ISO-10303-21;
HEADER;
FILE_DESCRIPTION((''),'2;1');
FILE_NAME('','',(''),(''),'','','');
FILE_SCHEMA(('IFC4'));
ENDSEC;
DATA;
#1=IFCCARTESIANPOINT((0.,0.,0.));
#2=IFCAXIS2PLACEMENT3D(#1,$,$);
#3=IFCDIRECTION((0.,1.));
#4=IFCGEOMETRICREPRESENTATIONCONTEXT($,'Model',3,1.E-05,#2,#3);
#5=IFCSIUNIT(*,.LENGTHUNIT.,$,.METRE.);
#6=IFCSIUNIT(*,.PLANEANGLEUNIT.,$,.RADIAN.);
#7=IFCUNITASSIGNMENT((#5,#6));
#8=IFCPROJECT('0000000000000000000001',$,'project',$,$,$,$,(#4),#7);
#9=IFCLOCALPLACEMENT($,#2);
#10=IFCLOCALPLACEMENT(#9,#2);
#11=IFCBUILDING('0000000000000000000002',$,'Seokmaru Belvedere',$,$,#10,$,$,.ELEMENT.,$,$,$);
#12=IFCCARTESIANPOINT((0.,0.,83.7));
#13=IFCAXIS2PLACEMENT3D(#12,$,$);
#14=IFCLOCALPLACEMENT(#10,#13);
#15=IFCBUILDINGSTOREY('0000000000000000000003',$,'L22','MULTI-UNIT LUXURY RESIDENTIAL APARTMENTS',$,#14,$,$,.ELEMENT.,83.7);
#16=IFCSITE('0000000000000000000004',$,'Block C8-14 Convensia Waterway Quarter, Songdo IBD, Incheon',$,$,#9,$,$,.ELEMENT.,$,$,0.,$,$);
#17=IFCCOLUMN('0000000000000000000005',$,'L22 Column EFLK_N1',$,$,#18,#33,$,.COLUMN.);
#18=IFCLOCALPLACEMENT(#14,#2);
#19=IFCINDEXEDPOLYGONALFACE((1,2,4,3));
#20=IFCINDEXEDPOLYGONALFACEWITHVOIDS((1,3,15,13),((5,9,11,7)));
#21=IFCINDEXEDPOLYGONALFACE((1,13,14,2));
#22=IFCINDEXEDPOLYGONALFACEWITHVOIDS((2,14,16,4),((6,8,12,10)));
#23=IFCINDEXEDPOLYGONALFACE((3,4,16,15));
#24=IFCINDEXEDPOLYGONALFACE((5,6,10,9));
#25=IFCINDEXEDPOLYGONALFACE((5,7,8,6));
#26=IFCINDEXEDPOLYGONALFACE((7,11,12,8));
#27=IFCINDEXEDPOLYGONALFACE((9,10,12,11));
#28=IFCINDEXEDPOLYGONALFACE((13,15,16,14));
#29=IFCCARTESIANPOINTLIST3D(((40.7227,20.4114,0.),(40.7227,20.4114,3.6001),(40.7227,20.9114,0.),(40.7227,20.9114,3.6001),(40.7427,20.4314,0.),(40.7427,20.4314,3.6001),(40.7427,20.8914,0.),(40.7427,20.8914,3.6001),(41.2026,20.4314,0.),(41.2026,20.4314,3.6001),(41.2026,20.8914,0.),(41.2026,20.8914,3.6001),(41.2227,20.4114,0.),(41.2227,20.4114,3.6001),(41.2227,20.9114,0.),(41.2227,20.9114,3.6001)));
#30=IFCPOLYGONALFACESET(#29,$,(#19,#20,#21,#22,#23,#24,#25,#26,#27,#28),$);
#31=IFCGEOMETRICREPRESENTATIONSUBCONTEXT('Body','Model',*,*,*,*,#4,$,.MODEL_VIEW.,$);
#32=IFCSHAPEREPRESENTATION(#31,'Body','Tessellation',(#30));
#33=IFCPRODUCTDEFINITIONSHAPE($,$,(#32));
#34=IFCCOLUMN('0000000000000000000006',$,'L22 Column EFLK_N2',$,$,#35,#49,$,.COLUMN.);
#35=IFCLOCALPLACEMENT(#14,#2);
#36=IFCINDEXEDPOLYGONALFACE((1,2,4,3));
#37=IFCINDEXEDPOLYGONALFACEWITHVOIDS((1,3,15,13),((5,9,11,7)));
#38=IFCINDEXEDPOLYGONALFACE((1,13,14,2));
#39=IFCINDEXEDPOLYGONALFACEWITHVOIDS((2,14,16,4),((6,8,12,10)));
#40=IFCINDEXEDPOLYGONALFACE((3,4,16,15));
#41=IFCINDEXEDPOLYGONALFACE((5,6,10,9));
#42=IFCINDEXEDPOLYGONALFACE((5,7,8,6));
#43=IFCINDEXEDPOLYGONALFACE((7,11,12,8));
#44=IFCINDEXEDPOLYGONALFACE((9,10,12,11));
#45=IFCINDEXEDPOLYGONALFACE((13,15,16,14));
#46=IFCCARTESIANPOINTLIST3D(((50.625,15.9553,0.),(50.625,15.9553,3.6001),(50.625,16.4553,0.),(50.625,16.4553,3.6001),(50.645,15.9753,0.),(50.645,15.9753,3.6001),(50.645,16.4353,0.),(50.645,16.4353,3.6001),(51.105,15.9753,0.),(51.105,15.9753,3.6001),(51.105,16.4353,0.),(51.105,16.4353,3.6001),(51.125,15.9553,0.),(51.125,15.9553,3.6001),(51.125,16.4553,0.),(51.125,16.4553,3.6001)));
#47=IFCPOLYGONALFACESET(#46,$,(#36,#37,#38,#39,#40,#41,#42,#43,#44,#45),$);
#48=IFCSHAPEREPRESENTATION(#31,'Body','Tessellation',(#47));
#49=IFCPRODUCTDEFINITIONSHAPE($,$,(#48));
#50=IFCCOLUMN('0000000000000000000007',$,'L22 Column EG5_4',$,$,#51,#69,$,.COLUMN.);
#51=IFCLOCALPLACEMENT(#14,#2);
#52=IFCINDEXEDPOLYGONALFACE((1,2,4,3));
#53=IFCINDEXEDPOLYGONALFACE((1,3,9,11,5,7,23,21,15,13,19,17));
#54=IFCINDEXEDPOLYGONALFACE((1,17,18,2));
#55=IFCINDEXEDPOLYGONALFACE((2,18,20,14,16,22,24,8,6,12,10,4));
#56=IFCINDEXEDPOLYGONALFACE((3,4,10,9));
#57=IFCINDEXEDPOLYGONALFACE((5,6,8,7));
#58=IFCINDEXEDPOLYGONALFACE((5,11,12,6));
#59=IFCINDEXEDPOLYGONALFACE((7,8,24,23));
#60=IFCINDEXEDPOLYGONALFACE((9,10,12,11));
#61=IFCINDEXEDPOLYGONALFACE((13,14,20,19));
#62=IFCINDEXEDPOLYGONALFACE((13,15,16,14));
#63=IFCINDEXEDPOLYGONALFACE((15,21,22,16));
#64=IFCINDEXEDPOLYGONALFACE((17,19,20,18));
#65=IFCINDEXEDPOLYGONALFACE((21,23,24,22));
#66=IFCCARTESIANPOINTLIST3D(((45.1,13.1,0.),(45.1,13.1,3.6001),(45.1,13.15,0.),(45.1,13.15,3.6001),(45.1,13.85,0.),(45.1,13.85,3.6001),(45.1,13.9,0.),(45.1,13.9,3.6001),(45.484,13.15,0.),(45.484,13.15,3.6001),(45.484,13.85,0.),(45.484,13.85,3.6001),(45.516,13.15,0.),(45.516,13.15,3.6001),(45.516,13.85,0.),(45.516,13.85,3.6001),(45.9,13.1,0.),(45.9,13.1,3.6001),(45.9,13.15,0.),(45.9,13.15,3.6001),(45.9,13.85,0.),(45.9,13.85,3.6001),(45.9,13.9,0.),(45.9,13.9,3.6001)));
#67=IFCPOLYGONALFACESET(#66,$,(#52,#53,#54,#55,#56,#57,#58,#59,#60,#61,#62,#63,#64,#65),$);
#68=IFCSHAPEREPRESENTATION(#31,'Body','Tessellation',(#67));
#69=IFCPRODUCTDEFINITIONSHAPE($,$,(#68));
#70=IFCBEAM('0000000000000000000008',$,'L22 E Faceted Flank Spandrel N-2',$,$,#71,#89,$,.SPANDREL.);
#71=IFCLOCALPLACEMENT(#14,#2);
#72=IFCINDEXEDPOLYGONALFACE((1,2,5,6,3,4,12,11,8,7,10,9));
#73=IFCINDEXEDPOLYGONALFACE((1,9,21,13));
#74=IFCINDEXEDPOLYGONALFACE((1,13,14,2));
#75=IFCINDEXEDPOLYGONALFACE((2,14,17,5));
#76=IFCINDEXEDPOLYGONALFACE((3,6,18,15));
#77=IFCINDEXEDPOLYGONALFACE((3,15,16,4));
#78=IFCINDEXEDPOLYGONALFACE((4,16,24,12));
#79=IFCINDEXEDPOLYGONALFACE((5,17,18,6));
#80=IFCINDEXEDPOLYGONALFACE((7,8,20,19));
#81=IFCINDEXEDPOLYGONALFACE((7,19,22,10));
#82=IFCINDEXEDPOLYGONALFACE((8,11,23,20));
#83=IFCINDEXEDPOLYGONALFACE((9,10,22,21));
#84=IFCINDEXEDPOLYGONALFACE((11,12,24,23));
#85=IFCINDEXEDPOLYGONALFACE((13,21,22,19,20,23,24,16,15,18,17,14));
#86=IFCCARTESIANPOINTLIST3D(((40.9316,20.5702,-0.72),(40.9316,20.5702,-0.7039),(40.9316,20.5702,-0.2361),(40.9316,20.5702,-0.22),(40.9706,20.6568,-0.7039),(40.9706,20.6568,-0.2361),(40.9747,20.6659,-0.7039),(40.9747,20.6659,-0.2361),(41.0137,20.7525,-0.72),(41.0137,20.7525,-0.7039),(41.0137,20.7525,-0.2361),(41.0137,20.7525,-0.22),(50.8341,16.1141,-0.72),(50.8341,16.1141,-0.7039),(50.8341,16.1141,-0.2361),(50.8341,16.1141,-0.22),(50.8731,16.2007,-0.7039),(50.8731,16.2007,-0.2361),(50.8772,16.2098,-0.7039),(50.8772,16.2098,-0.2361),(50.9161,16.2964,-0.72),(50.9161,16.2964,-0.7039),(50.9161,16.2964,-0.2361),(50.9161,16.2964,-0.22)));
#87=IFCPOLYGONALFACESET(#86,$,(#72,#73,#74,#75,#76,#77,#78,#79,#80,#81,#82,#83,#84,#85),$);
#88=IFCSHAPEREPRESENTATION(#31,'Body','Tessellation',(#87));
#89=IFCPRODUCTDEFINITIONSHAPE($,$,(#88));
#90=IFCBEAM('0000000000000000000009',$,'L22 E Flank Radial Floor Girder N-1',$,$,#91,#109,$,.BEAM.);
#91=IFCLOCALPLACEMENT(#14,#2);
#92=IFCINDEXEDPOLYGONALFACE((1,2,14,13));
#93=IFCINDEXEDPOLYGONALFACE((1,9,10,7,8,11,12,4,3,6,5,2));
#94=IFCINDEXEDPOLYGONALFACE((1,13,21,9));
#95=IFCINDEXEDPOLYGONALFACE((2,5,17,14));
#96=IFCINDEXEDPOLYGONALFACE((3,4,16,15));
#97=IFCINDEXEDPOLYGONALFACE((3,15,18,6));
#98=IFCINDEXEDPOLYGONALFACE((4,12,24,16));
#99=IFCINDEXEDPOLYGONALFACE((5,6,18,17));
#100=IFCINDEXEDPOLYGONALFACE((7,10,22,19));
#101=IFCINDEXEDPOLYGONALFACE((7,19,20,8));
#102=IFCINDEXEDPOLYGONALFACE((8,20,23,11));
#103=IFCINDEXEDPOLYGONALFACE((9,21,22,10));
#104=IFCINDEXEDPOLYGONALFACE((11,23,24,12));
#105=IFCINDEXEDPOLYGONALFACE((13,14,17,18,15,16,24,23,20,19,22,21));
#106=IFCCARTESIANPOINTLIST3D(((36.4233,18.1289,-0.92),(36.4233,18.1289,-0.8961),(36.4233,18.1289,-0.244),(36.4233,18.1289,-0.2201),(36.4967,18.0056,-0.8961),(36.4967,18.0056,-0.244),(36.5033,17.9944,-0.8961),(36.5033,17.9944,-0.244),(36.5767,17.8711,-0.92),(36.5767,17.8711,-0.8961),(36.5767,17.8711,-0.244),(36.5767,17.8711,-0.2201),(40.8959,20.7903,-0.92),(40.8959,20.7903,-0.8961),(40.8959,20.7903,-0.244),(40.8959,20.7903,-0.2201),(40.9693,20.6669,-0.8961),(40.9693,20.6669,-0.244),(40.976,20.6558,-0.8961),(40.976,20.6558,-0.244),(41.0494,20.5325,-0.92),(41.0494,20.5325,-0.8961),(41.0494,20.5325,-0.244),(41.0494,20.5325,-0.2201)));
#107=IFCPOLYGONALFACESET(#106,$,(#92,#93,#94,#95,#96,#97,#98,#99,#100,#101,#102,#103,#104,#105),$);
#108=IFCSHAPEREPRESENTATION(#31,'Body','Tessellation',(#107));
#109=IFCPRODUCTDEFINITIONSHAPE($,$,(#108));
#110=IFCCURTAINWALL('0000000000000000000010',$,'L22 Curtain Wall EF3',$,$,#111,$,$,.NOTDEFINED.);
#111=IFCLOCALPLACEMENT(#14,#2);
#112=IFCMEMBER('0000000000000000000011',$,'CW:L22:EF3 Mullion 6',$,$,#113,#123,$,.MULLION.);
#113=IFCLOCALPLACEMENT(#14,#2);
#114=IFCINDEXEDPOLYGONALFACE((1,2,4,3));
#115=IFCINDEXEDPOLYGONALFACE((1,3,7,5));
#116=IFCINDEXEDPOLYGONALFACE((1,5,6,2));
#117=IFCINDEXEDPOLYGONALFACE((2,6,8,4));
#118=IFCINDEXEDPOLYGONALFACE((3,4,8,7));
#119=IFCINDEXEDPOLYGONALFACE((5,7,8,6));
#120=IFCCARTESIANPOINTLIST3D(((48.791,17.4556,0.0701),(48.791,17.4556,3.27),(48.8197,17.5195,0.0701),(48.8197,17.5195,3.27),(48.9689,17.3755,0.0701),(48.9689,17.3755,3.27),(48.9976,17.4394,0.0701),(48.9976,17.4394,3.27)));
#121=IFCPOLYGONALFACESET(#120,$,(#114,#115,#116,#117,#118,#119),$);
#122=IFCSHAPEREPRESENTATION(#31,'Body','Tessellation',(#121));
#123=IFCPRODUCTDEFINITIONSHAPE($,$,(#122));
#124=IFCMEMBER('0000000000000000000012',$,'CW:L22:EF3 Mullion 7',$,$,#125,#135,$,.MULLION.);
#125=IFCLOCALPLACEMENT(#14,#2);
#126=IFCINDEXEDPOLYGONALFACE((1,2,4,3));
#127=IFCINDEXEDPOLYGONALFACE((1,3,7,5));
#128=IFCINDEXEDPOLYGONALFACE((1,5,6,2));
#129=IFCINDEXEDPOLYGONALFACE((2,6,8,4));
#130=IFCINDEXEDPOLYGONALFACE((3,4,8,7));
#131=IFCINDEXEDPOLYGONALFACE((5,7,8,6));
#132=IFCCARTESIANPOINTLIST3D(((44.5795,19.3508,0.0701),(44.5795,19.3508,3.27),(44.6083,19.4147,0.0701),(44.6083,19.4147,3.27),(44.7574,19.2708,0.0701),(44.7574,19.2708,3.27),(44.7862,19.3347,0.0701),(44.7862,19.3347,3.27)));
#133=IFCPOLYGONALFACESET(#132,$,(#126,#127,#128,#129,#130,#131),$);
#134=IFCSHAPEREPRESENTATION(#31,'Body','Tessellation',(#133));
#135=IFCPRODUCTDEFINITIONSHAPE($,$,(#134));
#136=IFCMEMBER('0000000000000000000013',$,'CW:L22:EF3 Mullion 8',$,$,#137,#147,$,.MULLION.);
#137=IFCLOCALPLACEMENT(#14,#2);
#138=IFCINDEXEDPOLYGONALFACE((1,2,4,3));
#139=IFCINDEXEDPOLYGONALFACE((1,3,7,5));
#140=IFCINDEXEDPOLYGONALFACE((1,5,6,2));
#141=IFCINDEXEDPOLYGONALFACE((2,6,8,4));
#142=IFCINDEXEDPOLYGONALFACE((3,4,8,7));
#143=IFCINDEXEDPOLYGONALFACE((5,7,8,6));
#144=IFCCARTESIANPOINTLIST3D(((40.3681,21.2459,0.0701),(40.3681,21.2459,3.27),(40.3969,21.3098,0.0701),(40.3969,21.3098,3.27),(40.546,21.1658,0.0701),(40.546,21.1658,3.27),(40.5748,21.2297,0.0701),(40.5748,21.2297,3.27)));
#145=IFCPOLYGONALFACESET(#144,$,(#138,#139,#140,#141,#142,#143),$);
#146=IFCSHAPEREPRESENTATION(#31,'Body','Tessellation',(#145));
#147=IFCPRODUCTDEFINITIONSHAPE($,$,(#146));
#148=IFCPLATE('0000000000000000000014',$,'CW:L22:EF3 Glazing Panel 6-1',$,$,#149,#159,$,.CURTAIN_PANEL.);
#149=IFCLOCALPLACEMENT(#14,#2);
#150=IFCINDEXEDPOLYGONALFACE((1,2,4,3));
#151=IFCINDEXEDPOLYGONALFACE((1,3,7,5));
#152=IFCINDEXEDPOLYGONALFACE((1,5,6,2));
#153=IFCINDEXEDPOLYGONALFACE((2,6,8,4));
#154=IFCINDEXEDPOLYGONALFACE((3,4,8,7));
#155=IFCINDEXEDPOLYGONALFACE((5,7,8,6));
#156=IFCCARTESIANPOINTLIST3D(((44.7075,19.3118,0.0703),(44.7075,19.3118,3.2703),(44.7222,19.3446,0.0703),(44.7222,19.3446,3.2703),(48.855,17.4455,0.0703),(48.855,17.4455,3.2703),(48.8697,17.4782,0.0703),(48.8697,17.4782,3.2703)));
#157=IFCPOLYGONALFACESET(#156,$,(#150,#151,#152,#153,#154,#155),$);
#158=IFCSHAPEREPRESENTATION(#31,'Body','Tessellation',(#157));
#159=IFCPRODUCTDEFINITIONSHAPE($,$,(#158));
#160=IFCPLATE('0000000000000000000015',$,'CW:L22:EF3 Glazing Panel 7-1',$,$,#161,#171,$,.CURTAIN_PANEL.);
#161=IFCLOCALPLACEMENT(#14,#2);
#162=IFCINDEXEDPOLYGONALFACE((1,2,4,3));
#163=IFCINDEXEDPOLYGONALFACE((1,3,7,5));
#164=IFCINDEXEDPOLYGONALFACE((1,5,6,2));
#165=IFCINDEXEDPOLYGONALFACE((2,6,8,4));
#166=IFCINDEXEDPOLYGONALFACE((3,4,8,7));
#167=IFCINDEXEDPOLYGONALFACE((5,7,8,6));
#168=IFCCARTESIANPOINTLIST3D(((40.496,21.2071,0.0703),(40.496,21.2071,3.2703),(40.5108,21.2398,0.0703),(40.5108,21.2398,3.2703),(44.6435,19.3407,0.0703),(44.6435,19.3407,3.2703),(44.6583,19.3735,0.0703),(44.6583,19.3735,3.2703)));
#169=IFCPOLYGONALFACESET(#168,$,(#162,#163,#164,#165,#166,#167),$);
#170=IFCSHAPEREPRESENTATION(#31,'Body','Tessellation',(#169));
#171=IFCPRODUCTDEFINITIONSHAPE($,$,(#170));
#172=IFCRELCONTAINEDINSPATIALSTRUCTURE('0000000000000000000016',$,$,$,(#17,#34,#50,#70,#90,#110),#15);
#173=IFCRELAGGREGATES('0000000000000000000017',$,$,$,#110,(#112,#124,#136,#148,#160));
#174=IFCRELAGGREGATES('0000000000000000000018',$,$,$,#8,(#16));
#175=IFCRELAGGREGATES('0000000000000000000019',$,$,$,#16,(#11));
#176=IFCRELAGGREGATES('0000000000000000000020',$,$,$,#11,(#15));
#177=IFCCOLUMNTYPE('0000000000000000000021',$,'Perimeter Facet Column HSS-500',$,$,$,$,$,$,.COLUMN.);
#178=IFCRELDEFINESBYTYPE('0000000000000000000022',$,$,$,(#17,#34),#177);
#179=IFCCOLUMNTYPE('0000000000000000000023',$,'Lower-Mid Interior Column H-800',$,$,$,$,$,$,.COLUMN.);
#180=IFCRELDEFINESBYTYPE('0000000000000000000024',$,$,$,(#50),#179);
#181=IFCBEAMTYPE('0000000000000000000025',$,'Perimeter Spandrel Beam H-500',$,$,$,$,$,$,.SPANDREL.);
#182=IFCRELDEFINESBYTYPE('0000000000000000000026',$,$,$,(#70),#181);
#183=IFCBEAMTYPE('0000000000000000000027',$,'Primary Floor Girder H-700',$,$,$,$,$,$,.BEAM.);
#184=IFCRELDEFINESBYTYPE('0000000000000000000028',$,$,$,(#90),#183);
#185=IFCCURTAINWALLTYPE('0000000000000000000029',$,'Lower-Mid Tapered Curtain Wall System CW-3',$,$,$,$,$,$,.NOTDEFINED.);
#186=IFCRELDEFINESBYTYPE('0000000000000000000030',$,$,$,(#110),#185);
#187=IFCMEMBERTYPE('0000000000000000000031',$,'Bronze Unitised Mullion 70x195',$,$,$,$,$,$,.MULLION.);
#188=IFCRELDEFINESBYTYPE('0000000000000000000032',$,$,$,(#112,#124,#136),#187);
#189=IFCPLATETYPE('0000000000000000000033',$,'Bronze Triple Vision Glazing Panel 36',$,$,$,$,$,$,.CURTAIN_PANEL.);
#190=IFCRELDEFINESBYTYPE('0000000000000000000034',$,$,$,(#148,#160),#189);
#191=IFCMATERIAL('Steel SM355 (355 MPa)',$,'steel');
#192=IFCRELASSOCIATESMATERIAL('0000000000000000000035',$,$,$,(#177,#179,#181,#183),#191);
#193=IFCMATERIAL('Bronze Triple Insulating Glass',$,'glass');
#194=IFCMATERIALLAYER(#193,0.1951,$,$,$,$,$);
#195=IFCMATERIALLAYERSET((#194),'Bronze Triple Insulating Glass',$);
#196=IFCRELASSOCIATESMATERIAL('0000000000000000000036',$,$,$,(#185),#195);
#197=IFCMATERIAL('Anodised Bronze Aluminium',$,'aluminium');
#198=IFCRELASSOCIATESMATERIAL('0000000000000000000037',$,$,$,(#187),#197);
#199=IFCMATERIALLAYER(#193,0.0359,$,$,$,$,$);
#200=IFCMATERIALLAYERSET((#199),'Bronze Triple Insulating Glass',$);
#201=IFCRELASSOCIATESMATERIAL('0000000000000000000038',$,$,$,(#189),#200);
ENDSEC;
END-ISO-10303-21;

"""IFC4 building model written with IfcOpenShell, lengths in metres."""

from ifc_helpers import new_model, si_unit, direction, frame, origin, origin_2d, place, context, subcontext, project, spatial, rectangle, hollow_rectangle, i_section, extrude, source, transform, mapped, material, layer, layer_set, material_profile, profile_set, type_object, type_shapes, element, aggregate, save


model = new_model("IFC4")

# Units and contexts
model_context = context("Model", 3, precision=1e-05, world=origin(), true_north=direction((0.0, 1.0)))
body_context = subcontext(model_context, "Body", "Model", "MODEL_VIEW")
ifc_project = project(units=[si_unit("LENGTHUNIT", "METRE"), si_unit("PLANEANGLEUNIT", "RADIAN")], contexts=[model_context])

# Site, building, storey
site_placement = place(None, origin())
site = spatial("IfcSite", under=ifc_project, at=site_placement, Name="Block C8-14 Convensia Waterway Quarter, Songdo IBD, Incheon", CompositionType="ELEMENT", RefElevation=0.0)
building_placement = place(site_placement, origin())
building = spatial("IfcBuilding", under=site, at=building_placement, Name="Seokmaru Belvedere", CompositionType="ELEMENT")
storey_placement = place(building_placement, frame((0.0, 0.0, 83.7)))
storey = spatial("IfcBuildingStorey", under=building, at=storey_placement, Name="L22", Description="MULTI-UNIT LUXURY RESIDENTIAL APARTMENTS", CompositionType="ELEMENT", Elevation=83.7)

# Columns
ifc_material_1 = material(Name="Steel SM355 (355 MPa)", Category="steel")
ifc_material_profile_1 = material_profile(ifc_material_1, hollow_rectangle(XDim=0.5, YDim=0.5, WallThickness=0.02, at=origin_2d()), Name="HSS-500x500x20")
ifc_profile_set_1 = profile_set([ifc_material_profile_1], Name="Steel SM355 (355 MPa)")
column_type_1 = type_object("IfcColumnType", Name="Perimeter Facet Column HSS-500", PredefinedType="COLUMN", material=ifc_profile_set_1)
shared_shape_1 = source(origin(), body_context, "Body", "SweptSolid", [
    extrude(hollow_rectangle(XDim=0.5, YDim=0.5, WallThickness=0.02, at=origin_2d()), origin(), (0.0, 0.0, 1.0), 3.6001),
])
type_shapes(column_type_1, [shared_shape_1])
for number, where, z_axis, x_axis, name in (
    (1, (40.9727, 20.6614, 0.0), (0.0, 0.0, 1.0), (1.0, 0.0, 0.0), "L22 Column EFLK_N1"),
    (2, (50.875, 16.2053, 0.0), (0.0, 0.0, 1.0), (1.0, 0.0, 0.0), "L22 Column EFLK_N2"),
):
    element("IfcColumn", number, at=place(storey_placement, frame(where, z_axis=z_axis, x_axis=x_axis)), inside=storey, type_object=column_type_1, Name=name, PredefinedType="COLUMN", context=body_context, shape_type="MappedRepresentation", body=[
        mapped(shared_shape_1, transform((0.0, 0.0, 0.0), scale=1.0)),
    ])
ifc_material_profile_2 = material_profile(ifc_material_1, i_section(OverallWidth=0.8, OverallDepth=0.8, WebThickness=0.032, FlangeThickness=0.05, at=origin_2d()), Name="H-800x800x32x50")
ifc_profile_set_2 = profile_set([ifc_material_profile_2], Name="Steel SM355 (355 MPa)")
column_type_2 = type_object("IfcColumnType", Name="Lower-Mid Interior Column H-800", PredefinedType="COLUMN", material=ifc_profile_set_2)
shared_shape_2 = source(origin(), body_context, "Body", "SweptSolid", [
    extrude(i_section(OverallWidth=0.8, OverallDepth=0.8, WebThickness=0.032, FlangeThickness=0.05, at=origin_2d()), origin(), (0.0, 0.0, 1.0), 3.6001),
])
type_shapes(column_type_2, [shared_shape_2])
column_placement = place(storey_placement, frame((45.5, 13.5, 0.0), z_axis=(0.0, 0.0, 1.0), x_axis=(1.0, 0.0, 0.0)))
element("IfcColumn", 3, at=column_placement, inside=storey, type_object=column_type_2, Name="L22 Column EG5_4", PredefinedType="COLUMN", context=body_context, shape_type="MappedRepresentation", body=[
    mapped(shared_shape_2, transform((0.0, 0.0, 0.0), scale=1.0)),
])

# Beams
ifc_material_profile_3 = material_profile(ifc_material_1, i_section(OverallWidth=0.2, OverallDepth=0.5, WebThickness=0.01, FlangeThickness=0.0161, at=origin_2d()), Name="H-500x200x10x16")
ifc_profile_set_3 = profile_set([ifc_material_profile_3], Name="Steel SM355 (355 MPa)")
beam_type_1 = type_object("IfcBeamType", Name="Perimeter Spandrel Beam H-500", PredefinedType="SPANDREL", material=ifc_profile_set_3)
shared_shape_3 = source(origin(), body_context, "Body", "SweptSolid", [
    extrude(i_section(OverallWidth=0.2, OverallDepth=0.5, WebThickness=0.01, FlangeThickness=0.0161, at=origin_2d()), origin(), (0.0, 0.0, 1.0), 10.8589),
])
type_shapes(beam_type_1, [shared_shape_3])
beam_1_placement = place(storey_placement, frame((40.9727, 20.6614, -0.47), z_axis=(0.911922, -0.410365, 0.0), x_axis=(0.410365, 0.911922, 0.0)))
element("IfcBeam", 4, at=beam_1_placement, inside=storey, type_object=beam_type_1, Name="L22 E Faceted Flank Spandrel N-2", PredefinedType="SPANDREL", context=body_context, shape_type="MappedRepresentation", body=[
    mapped(shared_shape_3, transform((0.0, 0.0, 0.0), scale=1.0)),
])
ifc_material_profile_4 = material_profile(ifc_material_1, i_section(OverallWidth=0.3, OverallDepth=0.7, WebThickness=0.0129, FlangeThickness=0.0239, at=origin_2d()), Name="H-700x300x13x24")
ifc_profile_set_4 = profile_set([ifc_material_profile_4], Name="Steel SM355 (355 MPa)")
beam_type_2 = type_object("IfcBeamType", Name="Primary Floor Girder H-700", PredefinedType="BEAM", material=ifc_profile_set_4)
shared_shape_4 = source(origin(), body_context, "Body", "SweptSolid", [
    extrude(i_section(OverallWidth=0.3, OverallDepth=0.7, WebThickness=0.0129, FlangeThickness=0.0239, at=origin_2d()), origin(), (0.0, 0.0, 1.0), 5.2046),
])
type_shapes(beam_type_2, [shared_shape_4])
beam_2_placement = place(storey_placement, frame((40.9727, 20.6614, -0.5701), z_axis=(-0.85937, -0.511354, 0.0), x_axis=(0.511354, -0.85937, 0.0)))
element("IfcBeam", 5, at=beam_2_placement, inside=storey, type_object=beam_type_2, Name="L22 E Flank Radial Floor Girder N-1", PredefinedType="BEAM", context=body_context, shape_type="MappedRepresentation", body=[
    mapped(shared_shape_4, transform((0.0, 0.0, 0.0), scale=1.0)),
])

# Curtain wall, members, plates
ifc_material_2 = material(Name="Bronze Triple Insulating Glass", Category="glass")
ifc_layer_1 = layer(ifc_material_2, 0.1951)
ifc_layer_set_1 = layer_set([ifc_layer_1], Name="Bronze Triple Insulating Glass")
curtain_wall_type = type_object("IfcCurtainWallType", Name="Lower-Mid Tapered Curtain Wall System CW-3", PredefinedType="NOTDEFINED", material=ifc_layer_set_1)
curtain_wall_placement = place(storey_placement, origin())
curtain_wall = element("IfcCurtainWall", 6, at=curtain_wall_placement, inside=storey, type_object=curtain_wall_type, Name="L22 Curtain Wall EF3", PredefinedType="NOTDEFINED")
ifc_material_3 = material(Name="Anodised Bronze Aluminium", Category="aluminium")
ifc_material_profile_5 = material_profile(ifc_material_3, rectangle(XDim=0.0701, YDim=0.1951, at=origin_2d()), Name="CW-M-70x195")
ifc_profile_set_5 = profile_set([ifc_material_profile_5], Name="Anodised Bronze Aluminium")
member_type = type_object("IfcMemberType", Name="Bronze Unitised Mullion 70x195", PredefinedType="MULLION", material=ifc_profile_set_5)
shared_shape_5 = source(origin(), body_context, "Body", "SweptSolid", [
    extrude(rectangle(XDim=0.0701, YDim=0.1951, at=origin_2d()), origin(), (0.0, 0.0, 1.0), 3.2),
])
type_shapes(member_type, [shared_shape_5])
member_1_placement = place(storey_placement, frame((48.8943, 17.4475, 0.0701), z_axis=(0.0, 0.0, 1.0), x_axis=(-0.410366, -0.911921, 0.0)))
member_1 = element("IfcMember", 7, at=member_1_placement, type_object=member_type, Name="CW:L22:EF3 Mullion 6", PredefinedType="MULLION", context=body_context, shape_type="MappedRepresentation", body=[
    mapped(shared_shape_5, transform((0.0, 0.0, 0.0), scale=1.0)),
])
member_2_placement = place(storey_placement, frame((44.6829, 19.3428, 0.0701), z_axis=(0.0, 0.0, 1.0), x_axis=(-0.410366, -0.911921, 0.0)))
member_2 = element("IfcMember", 8, at=member_2_placement, type_object=member_type, Name="CW:L22:EF3 Mullion 7", PredefinedType="MULLION", context=body_context, shape_type="MappedRepresentation", body=[
    mapped(shared_shape_5, transform((0.0, 0.0, 0.0), scale=1.0)),
])
member_3_placement = place(storey_placement, frame((40.4714, 21.2378, 0.0701), z_axis=(0.0, 0.0, 1.0), x_axis=(-0.410366, -0.911921, 0.0)))
member_3 = element("IfcMember", 9, at=member_3_placement, type_object=member_type, Name="CW:L22:EF3 Mullion 8", PredefinedType="MULLION", context=body_context, shape_type="MappedRepresentation", body=[
    mapped(shared_shape_5, transform((0.0, 0.0, 0.0), scale=1.0)),
])
ifc_layer_2 = layer(ifc_material_2, 0.0359)
ifc_layer_set_2 = layer_set([ifc_layer_2], Name="Bronze Triple Insulating Glass")
plate_type = type_object("IfcPlateType", Name="Bronze Triple Vision Glazing Panel 36", PredefinedType="CURTAIN_PANEL", material=ifc_layer_set_2)
shared_shape_6 = source(origin(), body_context, "Body", "SweptSolid", [
    extrude(rectangle(XDim=4.5481, YDim=0.0359, at=origin_2d()), origin(), (0.0, 0.0, 1.0), 3.2),
])
type_shapes(plate_type, [shared_shape_6])
plate_1_placement = place(storey_placement, frame((46.7886, 18.395, 0.0703), z_axis=(0.0, 0.0, 1.0), x_axis=(-0.911921, 0.410366, 0.0)))
plate_1 = element("IfcPlate", 10, at=plate_1_placement, type_object=plate_type, Name="CW:L22:EF3 Glazing Panel 6-1", PredefinedType="CURTAIN_PANEL", context=body_context, shape_type="MappedRepresentation", body=[
    mapped(shared_shape_6, transform((0.0, 0.0, 0.0), scale=1.0)),
])
plate_2_placement = place(storey_placement, frame((42.5771, 20.2903, 0.0703), z_axis=(0.0, 0.0, 1.0), x_axis=(-0.911921, 0.410366, 0.0)))
plate_2 = element("IfcPlate", 11, at=plate_2_placement, type_object=plate_type, Name="CW:L22:EF3 Glazing Panel 7-1", PredefinedType="CURTAIN_PANEL", context=body_context, shape_type="MappedRepresentation", body=[
    mapped(shared_shape_6, transform((0.0, 0.0, 0.0), scale=1.0)),
])
aggregate(curtain_wall, [member_1, member_2, member_3, plate_1, plate_2])

save(model, "model.ifc")
